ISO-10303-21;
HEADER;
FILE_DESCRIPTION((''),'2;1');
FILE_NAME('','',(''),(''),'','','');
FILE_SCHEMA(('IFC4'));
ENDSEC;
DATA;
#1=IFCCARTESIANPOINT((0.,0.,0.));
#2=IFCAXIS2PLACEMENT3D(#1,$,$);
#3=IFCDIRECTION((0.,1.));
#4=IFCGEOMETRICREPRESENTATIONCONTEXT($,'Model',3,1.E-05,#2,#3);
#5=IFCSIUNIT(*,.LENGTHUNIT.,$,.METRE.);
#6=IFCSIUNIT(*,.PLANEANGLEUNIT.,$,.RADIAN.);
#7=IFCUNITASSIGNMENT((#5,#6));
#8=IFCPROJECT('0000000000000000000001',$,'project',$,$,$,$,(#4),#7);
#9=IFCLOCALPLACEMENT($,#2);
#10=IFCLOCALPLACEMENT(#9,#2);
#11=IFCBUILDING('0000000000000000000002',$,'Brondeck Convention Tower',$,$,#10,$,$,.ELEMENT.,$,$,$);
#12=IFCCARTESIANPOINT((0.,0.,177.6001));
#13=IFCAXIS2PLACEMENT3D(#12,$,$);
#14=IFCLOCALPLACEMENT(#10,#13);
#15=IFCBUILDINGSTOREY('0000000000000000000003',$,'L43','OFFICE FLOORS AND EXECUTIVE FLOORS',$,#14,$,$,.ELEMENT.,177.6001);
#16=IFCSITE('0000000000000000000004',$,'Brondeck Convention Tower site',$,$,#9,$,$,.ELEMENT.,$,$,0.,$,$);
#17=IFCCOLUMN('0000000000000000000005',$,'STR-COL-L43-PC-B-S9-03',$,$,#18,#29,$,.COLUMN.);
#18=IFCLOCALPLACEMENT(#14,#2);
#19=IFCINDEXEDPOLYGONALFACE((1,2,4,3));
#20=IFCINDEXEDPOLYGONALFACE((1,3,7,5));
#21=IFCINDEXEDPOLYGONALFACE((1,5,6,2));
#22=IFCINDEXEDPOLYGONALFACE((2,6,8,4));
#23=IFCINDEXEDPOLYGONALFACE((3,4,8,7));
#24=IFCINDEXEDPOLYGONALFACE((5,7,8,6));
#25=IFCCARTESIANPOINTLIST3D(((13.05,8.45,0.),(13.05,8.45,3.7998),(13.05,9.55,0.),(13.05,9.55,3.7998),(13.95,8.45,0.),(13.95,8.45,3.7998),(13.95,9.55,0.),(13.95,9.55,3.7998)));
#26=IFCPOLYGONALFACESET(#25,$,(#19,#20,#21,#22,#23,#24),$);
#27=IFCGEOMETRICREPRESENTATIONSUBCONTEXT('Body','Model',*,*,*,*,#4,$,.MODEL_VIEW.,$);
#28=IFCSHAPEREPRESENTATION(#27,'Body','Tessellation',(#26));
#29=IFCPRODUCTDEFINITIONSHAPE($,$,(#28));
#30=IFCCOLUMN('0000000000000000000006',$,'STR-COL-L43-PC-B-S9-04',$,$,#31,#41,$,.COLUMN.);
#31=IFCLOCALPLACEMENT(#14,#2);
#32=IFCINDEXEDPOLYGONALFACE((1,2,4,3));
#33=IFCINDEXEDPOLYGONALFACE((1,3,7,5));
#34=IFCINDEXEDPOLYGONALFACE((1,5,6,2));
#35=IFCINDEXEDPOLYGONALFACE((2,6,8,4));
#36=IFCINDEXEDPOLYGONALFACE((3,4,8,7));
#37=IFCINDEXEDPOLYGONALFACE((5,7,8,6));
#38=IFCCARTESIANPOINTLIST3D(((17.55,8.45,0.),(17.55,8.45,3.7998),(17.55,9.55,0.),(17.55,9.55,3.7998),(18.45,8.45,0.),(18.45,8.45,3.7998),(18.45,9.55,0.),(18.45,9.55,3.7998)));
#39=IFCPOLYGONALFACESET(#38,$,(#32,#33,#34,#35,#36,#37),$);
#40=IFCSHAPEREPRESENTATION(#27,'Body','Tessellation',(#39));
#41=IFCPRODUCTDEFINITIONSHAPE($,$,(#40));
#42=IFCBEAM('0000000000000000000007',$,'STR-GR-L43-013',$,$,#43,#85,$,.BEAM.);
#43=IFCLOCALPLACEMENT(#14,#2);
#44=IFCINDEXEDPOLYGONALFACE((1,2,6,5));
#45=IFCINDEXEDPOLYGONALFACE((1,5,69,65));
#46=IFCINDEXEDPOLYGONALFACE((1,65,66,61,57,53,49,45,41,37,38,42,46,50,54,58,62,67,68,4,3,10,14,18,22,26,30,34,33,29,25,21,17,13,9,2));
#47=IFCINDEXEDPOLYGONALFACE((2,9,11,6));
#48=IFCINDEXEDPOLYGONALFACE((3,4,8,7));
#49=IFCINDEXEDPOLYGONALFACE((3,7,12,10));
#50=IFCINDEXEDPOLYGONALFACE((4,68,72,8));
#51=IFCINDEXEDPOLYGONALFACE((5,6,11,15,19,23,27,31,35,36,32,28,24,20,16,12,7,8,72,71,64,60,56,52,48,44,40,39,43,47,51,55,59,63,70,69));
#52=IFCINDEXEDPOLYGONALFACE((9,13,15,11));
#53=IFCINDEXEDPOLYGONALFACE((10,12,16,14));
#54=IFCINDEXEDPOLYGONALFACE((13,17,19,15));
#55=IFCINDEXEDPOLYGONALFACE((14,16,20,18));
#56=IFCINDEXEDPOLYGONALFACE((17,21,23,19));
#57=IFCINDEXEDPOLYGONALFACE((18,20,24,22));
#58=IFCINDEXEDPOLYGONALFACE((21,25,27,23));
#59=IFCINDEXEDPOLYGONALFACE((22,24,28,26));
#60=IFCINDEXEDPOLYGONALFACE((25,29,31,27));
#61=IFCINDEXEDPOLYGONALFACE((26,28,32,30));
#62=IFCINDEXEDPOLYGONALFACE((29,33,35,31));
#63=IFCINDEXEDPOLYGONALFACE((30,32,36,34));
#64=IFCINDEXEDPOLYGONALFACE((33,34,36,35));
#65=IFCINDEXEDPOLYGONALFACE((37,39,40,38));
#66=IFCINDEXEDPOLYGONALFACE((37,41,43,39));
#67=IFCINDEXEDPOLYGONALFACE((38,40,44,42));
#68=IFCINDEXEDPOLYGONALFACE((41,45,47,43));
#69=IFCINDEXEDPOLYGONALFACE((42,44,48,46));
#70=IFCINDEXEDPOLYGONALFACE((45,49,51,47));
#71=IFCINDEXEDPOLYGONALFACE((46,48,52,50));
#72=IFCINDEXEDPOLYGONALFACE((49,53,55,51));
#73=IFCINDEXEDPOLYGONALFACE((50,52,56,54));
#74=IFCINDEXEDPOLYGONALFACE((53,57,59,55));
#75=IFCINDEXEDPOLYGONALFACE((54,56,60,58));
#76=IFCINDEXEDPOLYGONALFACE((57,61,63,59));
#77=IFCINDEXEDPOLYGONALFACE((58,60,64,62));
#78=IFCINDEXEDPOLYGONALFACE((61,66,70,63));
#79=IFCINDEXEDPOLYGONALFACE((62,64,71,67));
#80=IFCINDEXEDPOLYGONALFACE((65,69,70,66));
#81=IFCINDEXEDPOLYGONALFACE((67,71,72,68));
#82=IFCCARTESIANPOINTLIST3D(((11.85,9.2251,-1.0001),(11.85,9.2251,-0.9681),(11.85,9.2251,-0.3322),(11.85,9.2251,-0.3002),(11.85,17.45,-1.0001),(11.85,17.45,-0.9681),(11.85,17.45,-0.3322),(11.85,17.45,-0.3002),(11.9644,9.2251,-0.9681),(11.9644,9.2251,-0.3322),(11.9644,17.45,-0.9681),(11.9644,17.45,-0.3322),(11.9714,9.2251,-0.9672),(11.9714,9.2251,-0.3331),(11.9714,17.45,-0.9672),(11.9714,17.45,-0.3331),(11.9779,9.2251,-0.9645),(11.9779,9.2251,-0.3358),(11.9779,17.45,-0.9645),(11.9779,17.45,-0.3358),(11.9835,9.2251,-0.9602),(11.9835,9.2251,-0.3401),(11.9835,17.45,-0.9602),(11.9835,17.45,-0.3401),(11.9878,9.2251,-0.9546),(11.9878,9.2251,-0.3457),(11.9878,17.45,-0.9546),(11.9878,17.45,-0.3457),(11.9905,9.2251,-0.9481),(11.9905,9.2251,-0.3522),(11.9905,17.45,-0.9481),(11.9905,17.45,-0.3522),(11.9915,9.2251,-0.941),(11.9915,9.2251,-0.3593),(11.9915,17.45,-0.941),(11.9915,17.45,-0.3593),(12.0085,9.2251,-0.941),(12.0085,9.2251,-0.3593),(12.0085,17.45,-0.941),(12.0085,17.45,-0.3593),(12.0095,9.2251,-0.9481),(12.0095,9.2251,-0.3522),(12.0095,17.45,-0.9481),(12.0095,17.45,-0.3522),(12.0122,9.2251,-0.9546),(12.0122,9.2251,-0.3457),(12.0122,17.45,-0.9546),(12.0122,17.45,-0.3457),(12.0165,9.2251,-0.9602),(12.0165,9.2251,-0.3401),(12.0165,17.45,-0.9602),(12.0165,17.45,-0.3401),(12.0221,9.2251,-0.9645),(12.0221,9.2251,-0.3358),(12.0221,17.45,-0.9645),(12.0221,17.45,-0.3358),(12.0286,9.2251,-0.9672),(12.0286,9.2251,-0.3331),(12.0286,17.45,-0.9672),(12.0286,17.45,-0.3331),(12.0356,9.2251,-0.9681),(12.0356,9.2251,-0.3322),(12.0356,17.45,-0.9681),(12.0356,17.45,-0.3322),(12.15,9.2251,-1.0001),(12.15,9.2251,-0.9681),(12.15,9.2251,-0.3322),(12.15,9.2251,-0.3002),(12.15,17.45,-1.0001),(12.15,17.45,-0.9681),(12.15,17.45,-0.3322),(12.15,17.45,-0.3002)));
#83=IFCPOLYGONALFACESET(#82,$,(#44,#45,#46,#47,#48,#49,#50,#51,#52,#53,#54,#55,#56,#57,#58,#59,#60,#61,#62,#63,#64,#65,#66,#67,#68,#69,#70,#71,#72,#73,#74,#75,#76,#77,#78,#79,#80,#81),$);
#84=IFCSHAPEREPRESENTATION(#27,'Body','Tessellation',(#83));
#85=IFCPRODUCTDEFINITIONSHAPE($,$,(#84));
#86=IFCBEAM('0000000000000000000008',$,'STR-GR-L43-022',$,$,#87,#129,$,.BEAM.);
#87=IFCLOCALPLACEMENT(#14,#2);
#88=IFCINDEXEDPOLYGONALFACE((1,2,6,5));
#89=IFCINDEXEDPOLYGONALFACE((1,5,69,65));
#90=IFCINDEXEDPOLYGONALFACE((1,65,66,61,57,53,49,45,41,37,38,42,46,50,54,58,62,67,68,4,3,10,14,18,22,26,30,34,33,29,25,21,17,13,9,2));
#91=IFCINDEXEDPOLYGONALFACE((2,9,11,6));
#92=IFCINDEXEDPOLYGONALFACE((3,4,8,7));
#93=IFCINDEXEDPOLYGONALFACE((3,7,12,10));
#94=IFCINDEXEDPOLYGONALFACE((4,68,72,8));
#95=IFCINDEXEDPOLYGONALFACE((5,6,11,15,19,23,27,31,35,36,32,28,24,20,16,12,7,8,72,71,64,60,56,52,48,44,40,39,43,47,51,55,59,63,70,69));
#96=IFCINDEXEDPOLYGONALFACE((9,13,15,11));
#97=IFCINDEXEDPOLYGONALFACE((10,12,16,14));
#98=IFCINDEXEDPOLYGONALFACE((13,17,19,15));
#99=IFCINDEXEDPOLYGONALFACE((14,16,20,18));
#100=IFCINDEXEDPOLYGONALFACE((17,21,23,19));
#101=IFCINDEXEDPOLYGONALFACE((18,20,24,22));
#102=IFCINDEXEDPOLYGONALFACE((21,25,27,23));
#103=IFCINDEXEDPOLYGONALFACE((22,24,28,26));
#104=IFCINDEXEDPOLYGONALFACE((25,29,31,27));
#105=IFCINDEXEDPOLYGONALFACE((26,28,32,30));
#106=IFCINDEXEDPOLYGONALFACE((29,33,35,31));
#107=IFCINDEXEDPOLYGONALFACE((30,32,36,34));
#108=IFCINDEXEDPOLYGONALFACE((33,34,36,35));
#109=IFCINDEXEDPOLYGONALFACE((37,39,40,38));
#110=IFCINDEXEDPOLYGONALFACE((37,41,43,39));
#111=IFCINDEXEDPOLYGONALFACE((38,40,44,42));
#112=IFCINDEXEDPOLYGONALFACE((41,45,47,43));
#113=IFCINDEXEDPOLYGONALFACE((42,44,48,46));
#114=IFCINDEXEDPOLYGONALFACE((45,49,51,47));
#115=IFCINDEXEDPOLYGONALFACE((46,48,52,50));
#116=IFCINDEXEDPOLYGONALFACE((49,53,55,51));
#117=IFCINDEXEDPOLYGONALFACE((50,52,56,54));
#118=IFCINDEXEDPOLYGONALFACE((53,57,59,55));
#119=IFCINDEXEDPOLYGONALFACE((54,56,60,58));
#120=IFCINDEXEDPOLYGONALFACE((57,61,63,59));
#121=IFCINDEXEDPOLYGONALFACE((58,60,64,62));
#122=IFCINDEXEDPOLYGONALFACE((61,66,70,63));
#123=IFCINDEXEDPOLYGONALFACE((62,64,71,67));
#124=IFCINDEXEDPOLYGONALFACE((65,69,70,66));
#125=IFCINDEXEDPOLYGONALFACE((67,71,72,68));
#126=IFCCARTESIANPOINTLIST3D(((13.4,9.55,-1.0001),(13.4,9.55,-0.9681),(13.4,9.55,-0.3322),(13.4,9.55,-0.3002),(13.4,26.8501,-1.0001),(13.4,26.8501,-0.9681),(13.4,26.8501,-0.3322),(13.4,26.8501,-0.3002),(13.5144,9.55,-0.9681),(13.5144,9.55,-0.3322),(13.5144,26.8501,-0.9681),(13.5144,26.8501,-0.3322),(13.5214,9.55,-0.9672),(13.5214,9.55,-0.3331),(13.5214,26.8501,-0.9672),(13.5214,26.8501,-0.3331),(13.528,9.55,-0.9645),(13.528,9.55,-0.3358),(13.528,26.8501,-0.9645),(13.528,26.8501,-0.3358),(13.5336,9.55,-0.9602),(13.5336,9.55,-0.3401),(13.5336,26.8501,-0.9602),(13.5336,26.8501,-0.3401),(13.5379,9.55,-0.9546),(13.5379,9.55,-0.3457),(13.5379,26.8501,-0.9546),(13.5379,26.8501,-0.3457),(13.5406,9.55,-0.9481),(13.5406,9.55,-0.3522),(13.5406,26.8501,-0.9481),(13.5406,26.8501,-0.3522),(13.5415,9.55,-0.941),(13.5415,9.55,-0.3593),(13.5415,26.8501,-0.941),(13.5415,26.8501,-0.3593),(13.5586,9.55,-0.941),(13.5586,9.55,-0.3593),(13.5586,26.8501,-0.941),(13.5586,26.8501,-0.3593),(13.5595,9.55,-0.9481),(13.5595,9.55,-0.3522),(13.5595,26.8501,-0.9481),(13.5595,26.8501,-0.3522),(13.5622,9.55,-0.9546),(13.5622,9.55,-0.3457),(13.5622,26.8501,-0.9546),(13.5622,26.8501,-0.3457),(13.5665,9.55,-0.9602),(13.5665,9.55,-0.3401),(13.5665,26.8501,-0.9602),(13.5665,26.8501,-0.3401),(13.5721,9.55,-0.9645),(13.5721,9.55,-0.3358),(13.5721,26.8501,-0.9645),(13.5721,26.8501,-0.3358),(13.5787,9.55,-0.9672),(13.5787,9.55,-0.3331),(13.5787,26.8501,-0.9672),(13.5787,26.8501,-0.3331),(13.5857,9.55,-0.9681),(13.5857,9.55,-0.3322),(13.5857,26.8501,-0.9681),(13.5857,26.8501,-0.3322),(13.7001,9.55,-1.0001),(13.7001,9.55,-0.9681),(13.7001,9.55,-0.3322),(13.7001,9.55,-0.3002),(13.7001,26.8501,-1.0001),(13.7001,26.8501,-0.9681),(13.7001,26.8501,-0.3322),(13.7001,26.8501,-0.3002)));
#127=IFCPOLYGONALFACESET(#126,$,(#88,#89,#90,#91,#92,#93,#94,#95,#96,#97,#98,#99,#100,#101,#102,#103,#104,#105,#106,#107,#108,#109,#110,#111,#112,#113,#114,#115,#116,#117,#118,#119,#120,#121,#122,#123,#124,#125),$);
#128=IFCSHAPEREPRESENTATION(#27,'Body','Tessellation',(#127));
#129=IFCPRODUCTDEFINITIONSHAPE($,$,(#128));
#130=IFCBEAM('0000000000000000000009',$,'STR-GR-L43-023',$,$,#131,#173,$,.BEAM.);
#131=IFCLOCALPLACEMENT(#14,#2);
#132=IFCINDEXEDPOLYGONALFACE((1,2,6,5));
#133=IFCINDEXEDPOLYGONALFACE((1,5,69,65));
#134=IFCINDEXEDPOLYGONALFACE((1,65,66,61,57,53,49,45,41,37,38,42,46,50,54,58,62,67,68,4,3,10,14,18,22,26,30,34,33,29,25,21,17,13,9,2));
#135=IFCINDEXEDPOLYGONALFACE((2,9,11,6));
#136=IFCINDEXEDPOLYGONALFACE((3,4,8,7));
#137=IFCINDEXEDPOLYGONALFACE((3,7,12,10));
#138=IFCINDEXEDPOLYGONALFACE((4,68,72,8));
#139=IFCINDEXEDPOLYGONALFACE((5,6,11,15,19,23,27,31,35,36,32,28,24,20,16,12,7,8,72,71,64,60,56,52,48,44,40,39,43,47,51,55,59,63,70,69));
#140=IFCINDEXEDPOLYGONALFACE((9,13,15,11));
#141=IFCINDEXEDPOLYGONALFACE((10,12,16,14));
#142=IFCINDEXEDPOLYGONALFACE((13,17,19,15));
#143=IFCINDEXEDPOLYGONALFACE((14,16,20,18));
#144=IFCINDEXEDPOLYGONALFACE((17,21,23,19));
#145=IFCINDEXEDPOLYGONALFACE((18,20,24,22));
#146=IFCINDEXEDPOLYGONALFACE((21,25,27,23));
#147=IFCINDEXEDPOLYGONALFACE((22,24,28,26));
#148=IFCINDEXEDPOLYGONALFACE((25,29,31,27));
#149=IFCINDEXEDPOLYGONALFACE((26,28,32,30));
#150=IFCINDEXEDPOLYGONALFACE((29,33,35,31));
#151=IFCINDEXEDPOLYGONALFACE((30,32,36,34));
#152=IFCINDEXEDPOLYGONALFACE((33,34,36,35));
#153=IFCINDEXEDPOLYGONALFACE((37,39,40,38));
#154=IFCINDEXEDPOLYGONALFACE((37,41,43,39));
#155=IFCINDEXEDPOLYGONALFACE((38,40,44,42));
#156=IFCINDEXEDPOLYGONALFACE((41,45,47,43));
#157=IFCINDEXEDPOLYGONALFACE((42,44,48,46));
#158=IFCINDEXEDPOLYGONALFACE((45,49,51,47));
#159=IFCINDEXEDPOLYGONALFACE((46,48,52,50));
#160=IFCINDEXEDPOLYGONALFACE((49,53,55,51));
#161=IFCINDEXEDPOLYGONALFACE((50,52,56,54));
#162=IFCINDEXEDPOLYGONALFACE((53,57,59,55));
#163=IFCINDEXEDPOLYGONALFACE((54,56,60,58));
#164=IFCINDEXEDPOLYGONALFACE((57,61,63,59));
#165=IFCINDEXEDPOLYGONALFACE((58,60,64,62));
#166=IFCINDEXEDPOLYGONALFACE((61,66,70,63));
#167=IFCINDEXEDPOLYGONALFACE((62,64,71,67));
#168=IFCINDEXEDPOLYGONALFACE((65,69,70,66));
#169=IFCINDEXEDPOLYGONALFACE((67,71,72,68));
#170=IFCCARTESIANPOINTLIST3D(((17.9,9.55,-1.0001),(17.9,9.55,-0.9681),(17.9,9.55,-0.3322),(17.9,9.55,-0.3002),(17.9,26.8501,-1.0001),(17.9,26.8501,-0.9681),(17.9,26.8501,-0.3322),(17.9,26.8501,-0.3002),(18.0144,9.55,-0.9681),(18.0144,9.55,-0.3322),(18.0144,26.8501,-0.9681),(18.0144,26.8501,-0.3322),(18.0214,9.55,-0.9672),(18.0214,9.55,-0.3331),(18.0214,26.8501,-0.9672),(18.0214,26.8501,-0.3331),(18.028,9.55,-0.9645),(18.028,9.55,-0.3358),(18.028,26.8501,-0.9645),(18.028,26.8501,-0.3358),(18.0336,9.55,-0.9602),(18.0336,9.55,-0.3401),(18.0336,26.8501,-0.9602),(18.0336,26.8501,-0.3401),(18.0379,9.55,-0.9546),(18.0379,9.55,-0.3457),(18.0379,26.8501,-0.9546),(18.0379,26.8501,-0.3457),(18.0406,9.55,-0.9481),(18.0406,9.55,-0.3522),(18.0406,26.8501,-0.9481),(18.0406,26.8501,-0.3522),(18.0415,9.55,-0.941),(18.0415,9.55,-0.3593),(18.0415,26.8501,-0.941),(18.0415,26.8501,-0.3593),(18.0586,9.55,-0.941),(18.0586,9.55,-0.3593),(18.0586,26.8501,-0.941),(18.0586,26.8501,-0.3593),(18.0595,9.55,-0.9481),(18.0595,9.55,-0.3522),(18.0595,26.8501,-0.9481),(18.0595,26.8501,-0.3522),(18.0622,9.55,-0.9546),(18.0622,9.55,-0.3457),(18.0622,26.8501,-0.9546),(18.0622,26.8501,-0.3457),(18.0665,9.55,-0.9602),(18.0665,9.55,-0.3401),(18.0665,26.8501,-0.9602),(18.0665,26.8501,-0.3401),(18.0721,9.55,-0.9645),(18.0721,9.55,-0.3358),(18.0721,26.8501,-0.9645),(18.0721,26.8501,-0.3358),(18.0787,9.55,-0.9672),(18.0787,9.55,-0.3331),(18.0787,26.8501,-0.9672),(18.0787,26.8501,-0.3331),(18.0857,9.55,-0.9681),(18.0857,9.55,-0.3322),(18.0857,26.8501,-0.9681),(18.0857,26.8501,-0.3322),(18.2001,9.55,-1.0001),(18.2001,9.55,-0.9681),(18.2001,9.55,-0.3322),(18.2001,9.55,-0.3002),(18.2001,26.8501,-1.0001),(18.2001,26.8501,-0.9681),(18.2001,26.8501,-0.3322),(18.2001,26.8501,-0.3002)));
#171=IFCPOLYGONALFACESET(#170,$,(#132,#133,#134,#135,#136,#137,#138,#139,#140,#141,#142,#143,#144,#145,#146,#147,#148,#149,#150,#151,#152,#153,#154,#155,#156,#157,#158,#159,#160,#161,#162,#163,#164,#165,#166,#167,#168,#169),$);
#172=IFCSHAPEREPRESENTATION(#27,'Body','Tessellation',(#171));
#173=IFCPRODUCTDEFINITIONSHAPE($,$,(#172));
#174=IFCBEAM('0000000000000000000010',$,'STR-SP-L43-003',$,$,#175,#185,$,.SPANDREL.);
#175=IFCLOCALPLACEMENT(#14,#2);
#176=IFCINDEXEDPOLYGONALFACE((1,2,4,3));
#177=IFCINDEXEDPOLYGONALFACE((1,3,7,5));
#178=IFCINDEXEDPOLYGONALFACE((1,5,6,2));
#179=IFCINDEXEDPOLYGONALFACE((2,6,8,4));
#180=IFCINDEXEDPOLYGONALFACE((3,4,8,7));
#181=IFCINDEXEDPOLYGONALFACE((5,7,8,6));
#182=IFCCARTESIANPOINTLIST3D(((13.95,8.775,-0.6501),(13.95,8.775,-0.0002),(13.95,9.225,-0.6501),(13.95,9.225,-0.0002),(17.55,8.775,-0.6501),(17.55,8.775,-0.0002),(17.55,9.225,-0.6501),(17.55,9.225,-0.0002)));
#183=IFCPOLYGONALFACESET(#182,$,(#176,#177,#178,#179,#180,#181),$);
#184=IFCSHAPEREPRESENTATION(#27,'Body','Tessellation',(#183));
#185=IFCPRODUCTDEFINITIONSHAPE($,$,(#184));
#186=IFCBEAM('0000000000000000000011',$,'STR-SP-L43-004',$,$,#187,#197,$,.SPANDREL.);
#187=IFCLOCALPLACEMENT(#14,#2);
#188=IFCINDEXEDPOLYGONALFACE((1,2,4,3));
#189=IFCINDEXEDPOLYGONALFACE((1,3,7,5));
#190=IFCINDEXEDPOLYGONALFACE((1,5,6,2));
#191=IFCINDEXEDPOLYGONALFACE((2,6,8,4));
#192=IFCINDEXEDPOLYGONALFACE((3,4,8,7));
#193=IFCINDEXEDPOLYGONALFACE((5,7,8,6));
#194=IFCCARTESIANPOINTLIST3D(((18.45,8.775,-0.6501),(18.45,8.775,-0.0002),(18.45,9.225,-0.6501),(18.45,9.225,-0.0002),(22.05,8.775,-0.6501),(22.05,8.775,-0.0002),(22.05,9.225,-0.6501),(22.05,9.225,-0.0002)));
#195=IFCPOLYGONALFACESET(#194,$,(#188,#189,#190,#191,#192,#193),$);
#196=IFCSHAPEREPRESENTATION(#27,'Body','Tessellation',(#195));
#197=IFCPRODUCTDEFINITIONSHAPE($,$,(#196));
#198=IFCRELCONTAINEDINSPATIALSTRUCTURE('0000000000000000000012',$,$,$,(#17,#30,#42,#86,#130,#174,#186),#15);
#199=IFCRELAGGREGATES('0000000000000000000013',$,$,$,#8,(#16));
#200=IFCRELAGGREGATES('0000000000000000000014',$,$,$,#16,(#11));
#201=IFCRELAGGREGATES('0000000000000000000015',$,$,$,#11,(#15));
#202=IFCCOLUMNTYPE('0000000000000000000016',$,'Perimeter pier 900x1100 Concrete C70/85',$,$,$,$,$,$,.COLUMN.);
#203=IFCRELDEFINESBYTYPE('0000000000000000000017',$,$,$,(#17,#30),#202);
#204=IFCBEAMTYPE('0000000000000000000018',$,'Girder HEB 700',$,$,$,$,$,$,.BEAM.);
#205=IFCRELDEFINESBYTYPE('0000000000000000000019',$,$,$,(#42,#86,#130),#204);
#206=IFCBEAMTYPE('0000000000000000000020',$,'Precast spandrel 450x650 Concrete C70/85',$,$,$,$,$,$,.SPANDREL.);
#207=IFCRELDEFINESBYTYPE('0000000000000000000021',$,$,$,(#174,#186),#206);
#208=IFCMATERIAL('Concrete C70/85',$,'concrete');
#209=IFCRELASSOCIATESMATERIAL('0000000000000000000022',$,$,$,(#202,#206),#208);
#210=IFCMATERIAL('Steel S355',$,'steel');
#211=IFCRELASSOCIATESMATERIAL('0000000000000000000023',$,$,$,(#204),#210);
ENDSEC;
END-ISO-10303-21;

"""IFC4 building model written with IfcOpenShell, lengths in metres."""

from ifc_helpers import new_model, si_unit, direction, frame, origin, origin_2d, place, context, subcontext, project, spatial, rectangle, i_section, extrude, material, material_profile, profile_set, type_object, element, save


model = new_model("IFC4")

# Units and contexts
model_context = context("Model", 3, precision=1e-05, world=origin(), true_north=direction((0.0, 1.0)))
body_context = subcontext(model_context, "Body", "Model", "MODEL_VIEW")
ifc_project = project(units=[si_unit("LENGTHUNIT", "METRE"), si_unit("PLANEANGLEUNIT", "RADIAN")], contexts=[model_context])

# Site, building, storey
site_placement = place(None, origin())
site = spatial("IfcSite", under=ifc_project, at=site_placement, Name="Brondeck Convention Tower site", CompositionType="ELEMENT", RefElevation=0.0)
building_placement = place(site_placement, origin())
building = spatial("IfcBuilding", under=site, at=building_placement, Name="Brondeck Convention Tower", CompositionType="ELEMENT")
storey_placement = place(building_placement, frame((0.0, 0.0, 177.6001)))
storey = spatial("IfcBuildingStorey", under=building, at=storey_placement, Name="L43", Description="OFFICE FLOORS AND EXECUTIVE FLOORS", CompositionType="ELEMENT", Elevation=177.6001)

# Columns
ifc_material_1 = material(Name="Concrete C70/85", Category="concrete")
ifc_material_profile_1 = material_profile(ifc_material_1, rectangle(XDim=0.8999, YDim=1.1001, at=origin_2d()), Name="Perimeter pier 900x1100 Concrete C70/85")
ifc_profile_set_1 = profile_set([ifc_material_profile_1], Name="Concrete C70/85")
column_type = type_object("IfcColumnType", Name="Perimeter pier 900x1100 Concrete C70/85", PredefinedType="COLUMN", material=ifc_profile_set_1)
for number, where, z_axis, x_axis, name in (
    (1, (13.5, 9.0, 0.0), (0.0, 0.0, 1.0), (1.0, 0.0, 0.0), "STR-COL-L43-PC-B-S9-03"),
    (2, (18.0, 9.0, 0.0), (0.0, 0.0, 1.0), (1.0, 0.0, 0.0), "STR-COL-L43-PC-B-S9-04"),
):
    element("IfcColumn", number, at=place(storey_placement, frame(where, z_axis=z_axis, x_axis=x_axis)), inside=storey, type_object=column_type, Name=name, PredefinedType="COLUMN", context=body_context, shape_type="SweptSolid", body=[
        extrude(rectangle(XDim=0.8999, YDim=1.1001, at=origin_2d()), origin(), (0.0, 0.0, 1.0), 3.7998),
    ])

# Beams
ifc_material_2 = material(Name="Steel S355", Category="steel")
ifc_material_profile_2 = material_profile(ifc_material_2, i_section(OverallWidth=0.3, OverallDepth=0.7, WebThickness=0.0171, FlangeThickness=0.032, FilletRadius=0.0271, at=origin_2d()), Name="HEB 700")
ifc_profile_set_2 = profile_set([ifc_material_profile_2], Name="Steel S355")
beam_type_1 = type_object("IfcBeamType", Name="Girder HEB 700", PredefinedType="BEAM", material=ifc_profile_set_2)
beam_placement = place(storey_placement, frame((12.0, 17.45, -0.6501), z_axis=(0.0, -1.0, 0.0), x_axis=(1.0, 0.0, 0.0)))
element("IfcBeam", 3, at=beam_placement, inside=storey, type_object=beam_type_1, Name="STR-GR-L43-013", PredefinedType="BEAM", context=body_context, shape_type="SweptSolid", body=[
    extrude(i_section(OverallWidth=0.3, OverallDepth=0.7, WebThickness=0.0171, FlangeThickness=0.032, FilletRadius=0.0271, at=origin_2d()), origin(), (0.0, 0.0, 1.0), 8.2249),
])
for number, where, z_axis, x_axis, name in (
    (4, (13.55, 9.55, -0.6501), (0.0, 1.0, 0.0), (-1.0, 0.0, 0.0), "STR-GR-L43-022"),
    (5, (18.05, 9.55, -0.6501), (0.0, 1.0, 0.0), (-1.0, 0.0, 0.0), "STR-GR-L43-023"),
):
    element("IfcBeam", number, at=place(storey_placement, frame(where, z_axis=z_axis, x_axis=x_axis)), inside=storey, type_object=beam_type_1, Name=name, PredefinedType="BEAM", context=body_context, shape_type="SweptSolid", body=[
        extrude(i_section(OverallWidth=0.3, OverallDepth=0.7, WebThickness=0.0171, FlangeThickness=0.032, FilletRadius=0.0271, at=origin_2d()), origin(), (0.0, 0.0, 1.0), 17.3),
    ])
ifc_material_profile_3 = material_profile(ifc_material_1, rectangle(XDim=0.45, YDim=0.6499, at=origin_2d()), Name="Precast spandrel 450x650 Concrete C70/85")
ifc_profile_set_3 = profile_set([ifc_material_profile_3], Name="Concrete C70/85")
beam_type_2 = type_object("IfcBeamType", Name="Precast spandrel 450x650 Concrete C70/85", PredefinedType="SPANDREL", material=ifc_profile_set_3)
for number, where, z_axis, x_axis, name in (
    (6, (13.95, 9.0, -0.3252), (1.0, 0.0, 0.0), (0.0, 1.0, 0.0), "STR-SP-L43-003"),
    (7, (18.45, 9.0, -0.3252), (1.0, 0.0, 0.0), (0.0, 1.0, 0.0), "STR-SP-L43-004"),
):
    element("IfcBeam", number, at=place(storey_placement, frame(where, z_axis=z_axis, x_axis=x_axis)), inside=storey, type_object=beam_type_2, Name=name, PredefinedType="SPANDREL", context=body_context, shape_type="SweptSolid", body=[
        extrude(rectangle(XDim=0.45, YDim=0.6499, at=origin_2d()), origin(), (0.0, 0.0, 1.0), 3.6001),
    ])

save(model, "model.ifc")
